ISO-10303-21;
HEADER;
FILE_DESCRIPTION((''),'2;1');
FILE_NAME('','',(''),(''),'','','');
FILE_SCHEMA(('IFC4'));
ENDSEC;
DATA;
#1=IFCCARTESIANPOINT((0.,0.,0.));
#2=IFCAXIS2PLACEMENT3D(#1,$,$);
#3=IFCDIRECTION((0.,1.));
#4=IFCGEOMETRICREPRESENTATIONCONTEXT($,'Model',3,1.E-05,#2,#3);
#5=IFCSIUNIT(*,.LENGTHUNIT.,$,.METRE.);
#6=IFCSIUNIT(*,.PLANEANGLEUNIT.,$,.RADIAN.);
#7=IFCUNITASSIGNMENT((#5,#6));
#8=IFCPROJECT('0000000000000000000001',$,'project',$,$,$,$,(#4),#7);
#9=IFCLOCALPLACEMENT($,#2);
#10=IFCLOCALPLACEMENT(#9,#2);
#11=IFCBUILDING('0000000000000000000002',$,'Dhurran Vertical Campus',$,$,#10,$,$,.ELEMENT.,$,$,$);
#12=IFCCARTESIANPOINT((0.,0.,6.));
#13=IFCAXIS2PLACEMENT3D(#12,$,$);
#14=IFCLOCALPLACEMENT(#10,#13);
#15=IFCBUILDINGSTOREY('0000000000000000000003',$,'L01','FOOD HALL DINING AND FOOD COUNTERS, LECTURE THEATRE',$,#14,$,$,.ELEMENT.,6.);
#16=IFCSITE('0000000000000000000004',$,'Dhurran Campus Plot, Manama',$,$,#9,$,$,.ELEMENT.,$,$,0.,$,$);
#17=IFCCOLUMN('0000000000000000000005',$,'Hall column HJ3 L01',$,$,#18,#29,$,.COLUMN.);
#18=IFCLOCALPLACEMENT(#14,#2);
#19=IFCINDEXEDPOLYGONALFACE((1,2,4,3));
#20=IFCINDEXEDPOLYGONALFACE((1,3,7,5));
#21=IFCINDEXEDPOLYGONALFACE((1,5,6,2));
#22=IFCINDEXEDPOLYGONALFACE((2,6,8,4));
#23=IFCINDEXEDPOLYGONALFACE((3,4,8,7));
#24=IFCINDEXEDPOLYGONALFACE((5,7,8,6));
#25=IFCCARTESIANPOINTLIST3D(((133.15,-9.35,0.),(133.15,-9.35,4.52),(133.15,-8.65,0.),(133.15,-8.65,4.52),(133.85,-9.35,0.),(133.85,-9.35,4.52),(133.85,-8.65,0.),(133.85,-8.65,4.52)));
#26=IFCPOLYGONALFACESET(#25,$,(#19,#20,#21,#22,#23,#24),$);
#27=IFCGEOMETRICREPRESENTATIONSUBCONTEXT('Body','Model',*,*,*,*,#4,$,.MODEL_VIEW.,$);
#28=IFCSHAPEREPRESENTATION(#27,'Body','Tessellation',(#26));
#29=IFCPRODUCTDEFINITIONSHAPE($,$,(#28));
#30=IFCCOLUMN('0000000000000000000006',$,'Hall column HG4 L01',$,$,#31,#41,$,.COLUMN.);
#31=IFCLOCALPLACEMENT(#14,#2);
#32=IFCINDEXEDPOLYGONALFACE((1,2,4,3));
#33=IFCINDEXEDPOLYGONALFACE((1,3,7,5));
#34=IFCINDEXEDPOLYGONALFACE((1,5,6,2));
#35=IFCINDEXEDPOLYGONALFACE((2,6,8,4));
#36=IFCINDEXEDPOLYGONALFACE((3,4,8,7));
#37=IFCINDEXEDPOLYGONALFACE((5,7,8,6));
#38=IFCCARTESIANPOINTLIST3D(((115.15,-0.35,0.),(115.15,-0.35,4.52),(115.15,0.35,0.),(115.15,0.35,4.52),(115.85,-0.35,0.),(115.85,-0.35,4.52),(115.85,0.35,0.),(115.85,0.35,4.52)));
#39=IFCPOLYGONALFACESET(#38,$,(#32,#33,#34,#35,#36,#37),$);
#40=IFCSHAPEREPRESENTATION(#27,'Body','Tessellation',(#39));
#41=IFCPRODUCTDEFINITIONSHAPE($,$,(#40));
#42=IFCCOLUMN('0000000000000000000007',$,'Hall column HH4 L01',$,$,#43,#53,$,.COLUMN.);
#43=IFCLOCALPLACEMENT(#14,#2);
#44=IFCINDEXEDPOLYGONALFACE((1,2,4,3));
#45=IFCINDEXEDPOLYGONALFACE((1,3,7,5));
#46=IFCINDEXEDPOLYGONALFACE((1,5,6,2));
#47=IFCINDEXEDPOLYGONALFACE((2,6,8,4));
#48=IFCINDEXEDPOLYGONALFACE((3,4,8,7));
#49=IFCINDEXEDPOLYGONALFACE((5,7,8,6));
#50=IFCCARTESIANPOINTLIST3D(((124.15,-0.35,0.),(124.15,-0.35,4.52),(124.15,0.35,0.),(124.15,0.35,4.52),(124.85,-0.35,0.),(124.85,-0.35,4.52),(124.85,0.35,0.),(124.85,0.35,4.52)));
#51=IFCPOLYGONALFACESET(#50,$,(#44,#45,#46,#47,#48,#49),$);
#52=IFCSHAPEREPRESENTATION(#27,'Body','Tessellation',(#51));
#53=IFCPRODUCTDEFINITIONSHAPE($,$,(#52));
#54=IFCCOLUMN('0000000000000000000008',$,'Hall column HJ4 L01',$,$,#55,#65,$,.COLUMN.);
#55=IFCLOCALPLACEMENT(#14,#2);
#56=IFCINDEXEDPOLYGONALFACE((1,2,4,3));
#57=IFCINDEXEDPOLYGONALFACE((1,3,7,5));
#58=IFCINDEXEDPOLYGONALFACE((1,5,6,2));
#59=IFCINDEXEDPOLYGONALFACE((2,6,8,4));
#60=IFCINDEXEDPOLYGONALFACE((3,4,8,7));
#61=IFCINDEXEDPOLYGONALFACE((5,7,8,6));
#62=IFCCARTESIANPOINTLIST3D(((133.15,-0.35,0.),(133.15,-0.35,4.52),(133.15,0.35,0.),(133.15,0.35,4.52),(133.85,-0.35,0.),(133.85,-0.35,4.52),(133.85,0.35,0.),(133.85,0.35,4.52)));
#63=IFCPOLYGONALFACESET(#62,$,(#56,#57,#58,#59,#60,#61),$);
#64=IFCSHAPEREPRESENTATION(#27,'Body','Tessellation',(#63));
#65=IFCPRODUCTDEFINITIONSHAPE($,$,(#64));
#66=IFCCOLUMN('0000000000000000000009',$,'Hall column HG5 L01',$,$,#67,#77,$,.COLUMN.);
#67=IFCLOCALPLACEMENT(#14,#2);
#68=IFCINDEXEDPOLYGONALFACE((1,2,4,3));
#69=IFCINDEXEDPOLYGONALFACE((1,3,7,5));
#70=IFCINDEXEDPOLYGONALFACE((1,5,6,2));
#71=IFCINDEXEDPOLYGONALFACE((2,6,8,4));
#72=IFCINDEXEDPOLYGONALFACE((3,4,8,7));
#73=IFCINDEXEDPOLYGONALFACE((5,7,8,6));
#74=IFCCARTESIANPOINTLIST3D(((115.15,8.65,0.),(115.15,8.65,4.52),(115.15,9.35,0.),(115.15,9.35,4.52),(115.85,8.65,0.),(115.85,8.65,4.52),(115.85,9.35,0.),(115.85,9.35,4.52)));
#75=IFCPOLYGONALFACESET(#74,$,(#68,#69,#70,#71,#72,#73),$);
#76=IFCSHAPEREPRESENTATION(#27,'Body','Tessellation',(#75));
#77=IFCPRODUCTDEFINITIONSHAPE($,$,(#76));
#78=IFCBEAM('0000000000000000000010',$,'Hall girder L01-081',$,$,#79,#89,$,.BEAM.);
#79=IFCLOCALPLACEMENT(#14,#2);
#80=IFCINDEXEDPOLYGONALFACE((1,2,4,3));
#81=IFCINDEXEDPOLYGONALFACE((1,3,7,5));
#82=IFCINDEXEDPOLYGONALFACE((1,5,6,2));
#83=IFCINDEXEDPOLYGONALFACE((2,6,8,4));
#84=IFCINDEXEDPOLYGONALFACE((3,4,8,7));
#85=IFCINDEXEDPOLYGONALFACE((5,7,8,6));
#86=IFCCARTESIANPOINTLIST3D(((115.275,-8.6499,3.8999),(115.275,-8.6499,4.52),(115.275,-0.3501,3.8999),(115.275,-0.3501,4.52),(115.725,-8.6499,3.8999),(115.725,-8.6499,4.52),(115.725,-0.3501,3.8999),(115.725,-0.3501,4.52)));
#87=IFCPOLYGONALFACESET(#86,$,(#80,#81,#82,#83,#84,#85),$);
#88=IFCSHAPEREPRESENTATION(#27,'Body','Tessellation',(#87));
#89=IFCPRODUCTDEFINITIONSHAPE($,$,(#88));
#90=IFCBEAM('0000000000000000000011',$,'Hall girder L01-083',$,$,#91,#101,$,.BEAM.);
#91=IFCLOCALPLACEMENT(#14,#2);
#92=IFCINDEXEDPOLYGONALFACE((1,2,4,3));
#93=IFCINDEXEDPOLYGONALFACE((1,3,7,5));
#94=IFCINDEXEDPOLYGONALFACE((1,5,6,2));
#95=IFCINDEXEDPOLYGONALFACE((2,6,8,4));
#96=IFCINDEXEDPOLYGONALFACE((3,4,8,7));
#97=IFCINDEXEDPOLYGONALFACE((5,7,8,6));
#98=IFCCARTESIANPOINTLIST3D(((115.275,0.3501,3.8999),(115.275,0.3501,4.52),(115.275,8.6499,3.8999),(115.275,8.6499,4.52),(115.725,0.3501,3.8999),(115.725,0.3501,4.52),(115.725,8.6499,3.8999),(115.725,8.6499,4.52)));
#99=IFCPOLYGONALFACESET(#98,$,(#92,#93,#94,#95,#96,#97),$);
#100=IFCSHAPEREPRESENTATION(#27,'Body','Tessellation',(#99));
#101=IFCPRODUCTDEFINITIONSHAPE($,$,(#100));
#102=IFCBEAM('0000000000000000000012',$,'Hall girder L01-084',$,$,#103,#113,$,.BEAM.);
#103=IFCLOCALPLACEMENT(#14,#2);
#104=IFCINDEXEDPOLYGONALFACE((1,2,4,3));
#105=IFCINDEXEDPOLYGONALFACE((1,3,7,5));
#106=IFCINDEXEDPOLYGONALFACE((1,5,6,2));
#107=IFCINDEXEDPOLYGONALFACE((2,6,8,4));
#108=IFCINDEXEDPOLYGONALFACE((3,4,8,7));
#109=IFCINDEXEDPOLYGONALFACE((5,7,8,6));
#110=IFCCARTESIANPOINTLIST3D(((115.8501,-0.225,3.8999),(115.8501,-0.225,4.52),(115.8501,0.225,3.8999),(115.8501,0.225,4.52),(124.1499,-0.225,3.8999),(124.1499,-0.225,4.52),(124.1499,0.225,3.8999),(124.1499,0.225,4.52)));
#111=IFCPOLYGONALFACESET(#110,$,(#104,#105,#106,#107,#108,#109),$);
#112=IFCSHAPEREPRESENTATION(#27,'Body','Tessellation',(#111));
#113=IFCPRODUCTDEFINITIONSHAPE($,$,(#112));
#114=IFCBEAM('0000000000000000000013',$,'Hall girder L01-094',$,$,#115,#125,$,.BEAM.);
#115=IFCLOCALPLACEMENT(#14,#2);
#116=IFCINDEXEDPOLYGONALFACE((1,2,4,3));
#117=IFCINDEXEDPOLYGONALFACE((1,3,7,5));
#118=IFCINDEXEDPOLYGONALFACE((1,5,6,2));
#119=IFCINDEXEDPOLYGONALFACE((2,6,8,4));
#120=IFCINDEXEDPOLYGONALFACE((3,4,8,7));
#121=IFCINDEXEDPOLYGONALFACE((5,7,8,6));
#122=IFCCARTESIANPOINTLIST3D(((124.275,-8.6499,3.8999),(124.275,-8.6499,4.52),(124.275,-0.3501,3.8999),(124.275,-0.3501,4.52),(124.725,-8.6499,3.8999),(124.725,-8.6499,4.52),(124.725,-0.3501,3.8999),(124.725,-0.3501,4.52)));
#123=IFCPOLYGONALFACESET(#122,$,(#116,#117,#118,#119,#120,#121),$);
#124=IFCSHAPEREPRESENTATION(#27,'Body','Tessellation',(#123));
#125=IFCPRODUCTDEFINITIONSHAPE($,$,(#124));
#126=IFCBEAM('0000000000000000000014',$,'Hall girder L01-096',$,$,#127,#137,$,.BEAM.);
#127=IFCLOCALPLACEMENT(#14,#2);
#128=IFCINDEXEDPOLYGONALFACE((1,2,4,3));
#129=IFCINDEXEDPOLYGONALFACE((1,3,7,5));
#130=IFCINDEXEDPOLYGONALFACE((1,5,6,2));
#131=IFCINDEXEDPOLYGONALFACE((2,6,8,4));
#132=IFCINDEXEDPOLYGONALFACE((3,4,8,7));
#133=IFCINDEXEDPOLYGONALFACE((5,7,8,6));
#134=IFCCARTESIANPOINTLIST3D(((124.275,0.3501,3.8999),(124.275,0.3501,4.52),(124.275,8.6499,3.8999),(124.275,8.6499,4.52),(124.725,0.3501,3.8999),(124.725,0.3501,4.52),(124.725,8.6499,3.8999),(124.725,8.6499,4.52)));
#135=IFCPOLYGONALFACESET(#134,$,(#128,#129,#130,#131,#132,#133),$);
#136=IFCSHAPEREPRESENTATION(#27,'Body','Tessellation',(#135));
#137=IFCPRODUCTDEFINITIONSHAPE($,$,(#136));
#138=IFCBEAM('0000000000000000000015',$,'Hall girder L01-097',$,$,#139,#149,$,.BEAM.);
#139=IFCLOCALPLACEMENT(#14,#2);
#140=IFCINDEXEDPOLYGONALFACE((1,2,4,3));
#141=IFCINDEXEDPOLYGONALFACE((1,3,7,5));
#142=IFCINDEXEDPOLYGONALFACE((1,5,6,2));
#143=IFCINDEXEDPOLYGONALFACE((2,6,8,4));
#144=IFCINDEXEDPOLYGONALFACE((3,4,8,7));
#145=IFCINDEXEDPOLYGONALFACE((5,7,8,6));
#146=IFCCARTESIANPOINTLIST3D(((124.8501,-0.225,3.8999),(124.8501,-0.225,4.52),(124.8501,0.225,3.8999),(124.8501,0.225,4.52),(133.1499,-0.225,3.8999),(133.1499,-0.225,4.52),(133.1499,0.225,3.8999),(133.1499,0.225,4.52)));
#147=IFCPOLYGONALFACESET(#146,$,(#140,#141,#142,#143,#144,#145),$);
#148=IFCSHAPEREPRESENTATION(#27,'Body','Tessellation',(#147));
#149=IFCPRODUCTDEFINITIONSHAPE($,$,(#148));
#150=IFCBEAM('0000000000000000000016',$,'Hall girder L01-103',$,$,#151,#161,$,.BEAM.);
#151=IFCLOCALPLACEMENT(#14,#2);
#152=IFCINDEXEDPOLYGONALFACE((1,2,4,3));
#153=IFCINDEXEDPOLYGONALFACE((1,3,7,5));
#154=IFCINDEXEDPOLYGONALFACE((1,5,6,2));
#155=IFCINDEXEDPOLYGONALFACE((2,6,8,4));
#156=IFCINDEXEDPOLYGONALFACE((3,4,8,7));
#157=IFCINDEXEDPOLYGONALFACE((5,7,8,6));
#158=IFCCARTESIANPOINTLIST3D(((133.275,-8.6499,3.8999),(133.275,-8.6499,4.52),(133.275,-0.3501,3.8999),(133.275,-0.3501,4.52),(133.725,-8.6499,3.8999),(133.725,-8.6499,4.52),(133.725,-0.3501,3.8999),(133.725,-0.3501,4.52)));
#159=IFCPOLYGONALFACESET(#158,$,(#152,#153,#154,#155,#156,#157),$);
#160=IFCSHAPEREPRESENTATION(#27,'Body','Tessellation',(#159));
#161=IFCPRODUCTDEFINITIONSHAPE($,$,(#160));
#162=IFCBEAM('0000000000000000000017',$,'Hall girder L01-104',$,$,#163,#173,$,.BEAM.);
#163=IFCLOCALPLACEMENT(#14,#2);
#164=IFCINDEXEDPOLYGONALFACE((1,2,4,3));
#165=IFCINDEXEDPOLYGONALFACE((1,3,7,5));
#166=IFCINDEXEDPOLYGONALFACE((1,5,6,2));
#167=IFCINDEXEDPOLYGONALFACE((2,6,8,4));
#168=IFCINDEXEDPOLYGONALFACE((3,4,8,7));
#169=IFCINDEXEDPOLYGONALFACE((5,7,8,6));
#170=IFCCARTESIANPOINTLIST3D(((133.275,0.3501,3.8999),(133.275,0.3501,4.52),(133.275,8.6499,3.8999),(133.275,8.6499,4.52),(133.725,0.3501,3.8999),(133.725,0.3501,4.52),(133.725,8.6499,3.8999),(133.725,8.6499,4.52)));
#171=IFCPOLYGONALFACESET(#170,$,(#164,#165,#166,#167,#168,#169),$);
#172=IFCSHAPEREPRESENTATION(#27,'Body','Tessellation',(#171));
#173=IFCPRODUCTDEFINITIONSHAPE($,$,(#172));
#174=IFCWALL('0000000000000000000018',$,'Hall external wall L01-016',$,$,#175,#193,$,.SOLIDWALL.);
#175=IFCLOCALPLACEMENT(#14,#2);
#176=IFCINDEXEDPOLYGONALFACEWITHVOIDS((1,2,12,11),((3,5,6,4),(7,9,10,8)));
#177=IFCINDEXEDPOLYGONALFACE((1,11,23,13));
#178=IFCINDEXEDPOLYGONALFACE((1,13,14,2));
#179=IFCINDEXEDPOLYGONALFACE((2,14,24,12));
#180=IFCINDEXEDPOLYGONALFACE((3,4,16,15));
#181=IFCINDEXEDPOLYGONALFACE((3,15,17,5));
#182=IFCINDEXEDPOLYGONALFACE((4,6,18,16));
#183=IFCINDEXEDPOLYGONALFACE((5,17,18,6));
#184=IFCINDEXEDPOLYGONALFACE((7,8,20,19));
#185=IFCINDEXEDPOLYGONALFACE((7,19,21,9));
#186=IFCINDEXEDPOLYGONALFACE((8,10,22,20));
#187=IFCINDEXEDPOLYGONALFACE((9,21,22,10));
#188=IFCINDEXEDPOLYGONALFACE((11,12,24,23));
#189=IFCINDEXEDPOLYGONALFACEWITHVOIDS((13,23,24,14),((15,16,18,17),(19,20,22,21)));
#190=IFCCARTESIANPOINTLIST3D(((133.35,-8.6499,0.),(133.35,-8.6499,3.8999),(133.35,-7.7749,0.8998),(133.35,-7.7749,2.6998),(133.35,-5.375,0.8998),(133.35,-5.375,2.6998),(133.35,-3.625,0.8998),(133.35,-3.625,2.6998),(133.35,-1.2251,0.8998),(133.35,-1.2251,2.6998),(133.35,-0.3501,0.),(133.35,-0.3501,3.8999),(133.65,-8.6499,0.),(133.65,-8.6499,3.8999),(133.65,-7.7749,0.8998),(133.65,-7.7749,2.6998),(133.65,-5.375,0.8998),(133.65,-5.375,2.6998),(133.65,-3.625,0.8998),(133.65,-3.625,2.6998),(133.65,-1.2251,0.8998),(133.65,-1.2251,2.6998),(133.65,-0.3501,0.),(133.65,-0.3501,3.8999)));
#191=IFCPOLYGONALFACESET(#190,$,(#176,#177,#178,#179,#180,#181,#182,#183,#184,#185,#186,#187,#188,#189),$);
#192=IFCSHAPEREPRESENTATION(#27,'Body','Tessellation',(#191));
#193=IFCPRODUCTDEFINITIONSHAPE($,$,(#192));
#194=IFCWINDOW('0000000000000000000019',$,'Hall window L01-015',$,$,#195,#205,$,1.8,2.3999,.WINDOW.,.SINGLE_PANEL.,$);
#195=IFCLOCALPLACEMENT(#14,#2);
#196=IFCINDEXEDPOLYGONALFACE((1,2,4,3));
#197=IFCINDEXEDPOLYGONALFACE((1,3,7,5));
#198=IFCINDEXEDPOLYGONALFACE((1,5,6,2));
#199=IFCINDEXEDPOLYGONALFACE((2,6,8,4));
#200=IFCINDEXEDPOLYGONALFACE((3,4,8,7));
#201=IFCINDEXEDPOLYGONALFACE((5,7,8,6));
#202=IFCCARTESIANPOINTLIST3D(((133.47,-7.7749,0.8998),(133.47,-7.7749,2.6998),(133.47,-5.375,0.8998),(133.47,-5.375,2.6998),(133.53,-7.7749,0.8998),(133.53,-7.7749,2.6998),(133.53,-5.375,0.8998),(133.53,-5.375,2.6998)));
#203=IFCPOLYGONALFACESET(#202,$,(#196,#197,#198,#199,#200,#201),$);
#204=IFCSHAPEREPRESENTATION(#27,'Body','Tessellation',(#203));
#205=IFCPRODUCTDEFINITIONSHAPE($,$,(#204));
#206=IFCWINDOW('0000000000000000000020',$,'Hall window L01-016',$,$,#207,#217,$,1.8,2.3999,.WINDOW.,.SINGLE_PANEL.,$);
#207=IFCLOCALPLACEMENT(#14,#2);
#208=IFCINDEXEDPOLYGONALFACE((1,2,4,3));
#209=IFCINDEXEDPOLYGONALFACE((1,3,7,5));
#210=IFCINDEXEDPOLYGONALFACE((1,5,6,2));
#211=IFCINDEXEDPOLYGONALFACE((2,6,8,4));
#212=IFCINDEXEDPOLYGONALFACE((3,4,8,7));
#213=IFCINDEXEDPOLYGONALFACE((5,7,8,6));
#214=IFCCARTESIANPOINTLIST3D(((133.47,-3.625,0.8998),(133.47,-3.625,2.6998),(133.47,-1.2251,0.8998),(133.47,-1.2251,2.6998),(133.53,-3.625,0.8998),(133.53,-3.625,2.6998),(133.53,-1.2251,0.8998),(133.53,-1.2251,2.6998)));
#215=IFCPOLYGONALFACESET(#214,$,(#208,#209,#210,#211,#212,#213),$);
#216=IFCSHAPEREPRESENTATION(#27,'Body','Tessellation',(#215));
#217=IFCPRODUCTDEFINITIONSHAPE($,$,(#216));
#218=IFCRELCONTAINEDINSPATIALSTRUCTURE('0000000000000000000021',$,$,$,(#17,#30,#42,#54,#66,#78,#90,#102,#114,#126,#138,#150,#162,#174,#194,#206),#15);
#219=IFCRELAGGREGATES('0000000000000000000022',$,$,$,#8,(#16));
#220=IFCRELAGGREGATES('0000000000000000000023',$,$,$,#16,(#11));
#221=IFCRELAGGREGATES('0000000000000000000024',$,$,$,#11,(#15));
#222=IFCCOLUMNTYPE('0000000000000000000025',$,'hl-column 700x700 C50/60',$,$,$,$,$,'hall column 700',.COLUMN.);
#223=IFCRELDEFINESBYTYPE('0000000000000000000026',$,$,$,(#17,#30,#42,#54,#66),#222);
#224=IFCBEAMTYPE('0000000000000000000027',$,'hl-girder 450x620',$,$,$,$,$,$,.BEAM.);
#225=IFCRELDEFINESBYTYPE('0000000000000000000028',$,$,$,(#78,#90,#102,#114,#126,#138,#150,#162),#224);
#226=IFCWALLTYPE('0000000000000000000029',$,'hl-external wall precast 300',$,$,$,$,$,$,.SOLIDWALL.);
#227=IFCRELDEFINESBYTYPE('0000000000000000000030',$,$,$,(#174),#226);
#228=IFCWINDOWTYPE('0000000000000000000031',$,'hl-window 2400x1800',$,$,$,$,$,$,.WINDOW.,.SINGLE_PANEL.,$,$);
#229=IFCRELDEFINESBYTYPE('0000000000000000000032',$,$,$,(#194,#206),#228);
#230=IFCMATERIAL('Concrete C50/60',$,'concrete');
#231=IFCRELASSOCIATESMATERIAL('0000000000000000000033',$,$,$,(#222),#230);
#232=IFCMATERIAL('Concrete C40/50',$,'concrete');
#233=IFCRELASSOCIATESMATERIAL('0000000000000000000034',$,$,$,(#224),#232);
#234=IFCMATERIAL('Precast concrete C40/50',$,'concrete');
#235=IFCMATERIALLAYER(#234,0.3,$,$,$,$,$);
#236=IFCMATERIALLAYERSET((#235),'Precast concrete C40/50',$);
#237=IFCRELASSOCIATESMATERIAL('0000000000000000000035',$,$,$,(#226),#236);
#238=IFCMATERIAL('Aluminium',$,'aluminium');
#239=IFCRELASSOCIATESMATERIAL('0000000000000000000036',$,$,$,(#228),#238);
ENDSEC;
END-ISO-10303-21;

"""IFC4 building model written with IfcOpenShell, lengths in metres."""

from ifc_helpers import new_model, si_unit, direction, frame, frame_2d, origin, origin_2d, place, context, subcontext, project, spatial, rectangle, extrude, material, layer, layer_set, material_profile, profile_set, type_object, element, fill, save


model = new_model("IFC4")

# Units and contexts
model_context = context("Model", 3, precision=1e-05, world=origin(), true_north=direction((0.0, 1.0)))
body_context = subcontext(model_context, "Body", "Model", "MODEL_VIEW")
ifc_project = project(units=[si_unit("LENGTHUNIT", "METRE"), si_unit("PLANEANGLEUNIT", "RADIAN")], contexts=[model_context])

# Site, building, storey
site_placement = place(None, origin())
site = spatial("IfcSite", under=ifc_project, at=site_placement, Name="Dhurran Campus Plot, Manama", CompositionType="ELEMENT", RefElevation=0.0)
building_placement = place(site_placement, origin())
building = spatial("IfcBuilding", under=site, at=building_placement, Name="Dhurran Vertical Campus", CompositionType="ELEMENT")
storey_placement = place(building_placement, frame((0.0, 0.0, 6.0)))
storey = spatial("IfcBuildingStorey", under=building, at=storey_placement, Name="L01", Description="FOOD HALL DINING AND FOOD COUNTERS, LECTURE THEATRE", CompositionType="ELEMENT", Elevation=6.0)

# Columns
ifc_material_1 = material(Name="Concrete C50/60", Category="concrete")
ifc_material_profile_1 = material_profile(ifc_material_1, rectangle(XDim=0.7, YDim=0.7, at=origin_2d()), Name="hl-column 700x700 C50/60")
ifc_profile_set_1 = profile_set([ifc_material_profile_1], Name="Concrete C50/60")
column_type = type_object("IfcColumnType", Name="hl-column 700x700 C50/60", ElementType="hall column 700", PredefinedType="COLUMN", material=ifc_profile_set_1)
for number, where, z_axis, x_axis, name in (
    (1, (133.5, -9.0, 0.0), (0.0, 0.0, 1.0), (1.0, 0.0, 0.0), "Hall column HJ3 L01"),
    (2, (115.5, 0.0, 0.0), (0.0, 0.0, 1.0), (1.0, 0.0, 0.0), "Hall column HG4 L01"),
    (3, (124.5, 0.0, 0.0), (0.0, 0.0, 1.0), (1.0, 0.0, 0.0), "Hall column HH4 L01"),
    (4, (133.5, 0.0, 0.0), (0.0, 0.0, 1.0), (1.0, 0.0, 0.0), "Hall column HJ4 L01"),
    (5, (115.5, 9.0, 0.0), (0.0, 0.0, 1.0), (1.0, 0.0, 0.0), "Hall column HG5 L01"),
):
    element("IfcColumn", number, at=place(storey_placement, frame(where, z_axis=z_axis, x_axis=x_axis)), inside=storey, type_object=column_type, Name=name, PredefinedType="COLUMN", context=body_context, shape_type="SweptSolid", body=[
        extrude(rectangle(XDim=0.7, YDim=0.7, at=origin_2d()), origin(), (0.0, 0.0, 1.0), 4.52),
    ])

# Beams
ifc_material_2 = material(Name="Concrete C40/50", Category="concrete")
ifc_material_profile_2 = material_profile(ifc_material_2, rectangle(XDim=0.45, YDim=0.6201, at=origin_2d()), Name="hl-girder 450x620")
ifc_profile_set_2 = profile_set([ifc_material_profile_2], Name="Concrete C40/50")
beam_type = type_object("IfcBeamType", Name="hl-girder 450x620", PredefinedType="BEAM", material=ifc_profile_set_2)
for number, where, z_axis, x_axis, name in (
    (6, (115.5, -8.6499, 4.21), (0.0, 1.0, 0.0), (-1.0, 0.0, 0.0), "Hall girder L01-081"),
    (7, (115.5, 0.3501, 4.21), (0.0, 1.0, 0.0), (-1.0, 0.0, 0.0), "Hall girder L01-083"),
    (8, (115.8501, 0.0, 4.21), (1.0, 0.0, 0.0), (0.0, 1.0, 0.0), "Hall girder L01-084"),
    (9, (124.5, -8.6499, 4.21), (0.0, 1.0, 0.0), (-1.0, 0.0, 0.0), "Hall girder L01-094"),
    (10, (124.5, 0.3501, 4.21), (0.0, 1.0, 0.0), (-1.0, 0.0, 0.0), "Hall girder L01-096"),
    (11, (124.8501, 0.0, 4.21), (1.0, 0.0, 0.0), (0.0, 1.0, 0.0), "Hall girder L01-097"),
    (12, (133.5, -8.6499, 4.21), (0.0, 1.0, 0.0), (-1.0, 0.0, 0.0), "Hall girder L01-103"),
    (13, (133.5, 0.3501, 4.21), (0.0, 1.0, 0.0), (-1.0, 0.0, 0.0), "Hall girder L01-104"),
):
    element("IfcBeam", number, at=place(storey_placement, frame(where, z_axis=z_axis, x_axis=x_axis)), inside=storey, type_object=beam_type, Name=name, PredefinedType="BEAM", context=body_context, shape_type="SweptSolid", body=[
        extrude(rectangle(XDim=0.45, YDim=0.6201, at=origin_2d()), origin(), (0.0, 0.0, 1.0), 8.2998),
    ])

# Wall, openings, windows
ifc_material_3 = material(Name="Precast concrete C40/50", Category="concrete")
ifc_layer_1 = layer(ifc_material_3, 0.3)
ifc_layer_set_1 = layer_set([ifc_layer_1], Name="Precast concrete C40/50")
wall_type_1 = type_object("IfcWallType", Name="hl-external wall precast 300", PredefinedType="SOLIDWALL", material=ifc_layer_set_1)
wall_1_placement = place(storey_placement, frame((133.5, -8.6499, 0.0), z_axis=(0.0, 0.0, 1.0), x_axis=(0.0, 1.0, 0.0)))
wall_1 = element("IfcWall", 14, at=wall_1_placement, inside=storey, type_object=wall_type_1, Name="Hall external wall L01-016", PredefinedType="SOLIDWALL", context=body_context, shape_type="SweptSolid", body=[
    extrude(rectangle(XDim=8.2998, YDim=0.3, at=frame_2d((4.1499, 0.0))), origin(), (0.0, 0.0, 1.0), 3.8999),
])
opening_1_placement = place(wall_1_placement, frame((0.875, 0.0, 0.8999)))
opening_1 = element("IfcOpeningElement", 15, at=opening_1_placement, cuts=wall_1, PredefinedType="OPENING", context=body_context, shape_type="SweptSolid", body=[
    extrude(rectangle(XDim=2.3999, YDim=1.8, at=frame_2d((1.2, 0.8999))), frame((0.0, 0.1599, 0.0), z_axis=(0.0, -1.0, 0.0), x_axis=(1.0, 0.0, 0.0)), (0.0, 0.0, 1.0), 0.3201),
])
opening_2_placement = place(wall_1_placement, frame((5.0249, 0.0, 0.8999)))
opening_2 = element("IfcOpeningElement", 16, at=opening_2_placement, cuts=wall_1, PredefinedType="OPENING", context=body_context, shape_type="SweptSolid", body=[
    extrude(rectangle(XDim=2.3999, YDim=1.8, at=frame_2d((1.2, 0.8999))), frame((0.0, 0.1599, 0.0), z_axis=(0.0, -1.0, 0.0), x_axis=(1.0, 0.0, 0.0)), (0.0, 0.0, 1.0), 0.3201),
])
ifc_material_4 = material(Name="Aluminium", Category="aluminium")
window_type = type_object("IfcWindowType", Name="hl-window 2400x1800", PartitioningType="SINGLE_PANEL", PredefinedType="WINDOW", material=ifc_material_4)
window_1_placement = place(opening_1_placement, origin())
window_1 = element("IfcWindow", 17, at=window_1_placement, inside=storey, type_object=window_type, Name="Hall window L01-015", OverallHeight=1.8, OverallWidth=2.3999, PartitioningType="SINGLE_PANEL", PredefinedType="WINDOW", context=body_context, shape_type="SweptSolid", body=[
    extrude(rectangle(XDim=2.3999, YDim=1.8, at=frame_2d((1.2, 0.8999))), frame((0.0, 0.03, 0.0), z_axis=(0.0, -1.0, 0.0), x_axis=(1.0, 0.0, 0.0)), (0.0, 0.0, 1.0), 0.0601),
])
fill(opening_1, window_1)
window_2_placement = place(opening_2_placement, origin())
window_2 = element("IfcWindow", 18, at=window_2_placement, inside=storey, type_object=window_type, Name="Hall window L01-016", OverallHeight=1.8, OverallWidth=2.3999, PartitioningType="SINGLE_PANEL", PredefinedType="WINDOW", context=body_context, shape_type="SweptSolid", body=[
    extrude(rectangle(XDim=2.3999, YDim=1.8, at=frame_2d((1.2, 0.8999))), frame((0.0, 0.03, 0.0), z_axis=(0.0, -1.0, 0.0), x_axis=(1.0, 0.0, 0.0)), (0.0, 0.0, 1.0), 0.0601),
])
fill(opening_2, window_2)

save(model, "model.ifc")
